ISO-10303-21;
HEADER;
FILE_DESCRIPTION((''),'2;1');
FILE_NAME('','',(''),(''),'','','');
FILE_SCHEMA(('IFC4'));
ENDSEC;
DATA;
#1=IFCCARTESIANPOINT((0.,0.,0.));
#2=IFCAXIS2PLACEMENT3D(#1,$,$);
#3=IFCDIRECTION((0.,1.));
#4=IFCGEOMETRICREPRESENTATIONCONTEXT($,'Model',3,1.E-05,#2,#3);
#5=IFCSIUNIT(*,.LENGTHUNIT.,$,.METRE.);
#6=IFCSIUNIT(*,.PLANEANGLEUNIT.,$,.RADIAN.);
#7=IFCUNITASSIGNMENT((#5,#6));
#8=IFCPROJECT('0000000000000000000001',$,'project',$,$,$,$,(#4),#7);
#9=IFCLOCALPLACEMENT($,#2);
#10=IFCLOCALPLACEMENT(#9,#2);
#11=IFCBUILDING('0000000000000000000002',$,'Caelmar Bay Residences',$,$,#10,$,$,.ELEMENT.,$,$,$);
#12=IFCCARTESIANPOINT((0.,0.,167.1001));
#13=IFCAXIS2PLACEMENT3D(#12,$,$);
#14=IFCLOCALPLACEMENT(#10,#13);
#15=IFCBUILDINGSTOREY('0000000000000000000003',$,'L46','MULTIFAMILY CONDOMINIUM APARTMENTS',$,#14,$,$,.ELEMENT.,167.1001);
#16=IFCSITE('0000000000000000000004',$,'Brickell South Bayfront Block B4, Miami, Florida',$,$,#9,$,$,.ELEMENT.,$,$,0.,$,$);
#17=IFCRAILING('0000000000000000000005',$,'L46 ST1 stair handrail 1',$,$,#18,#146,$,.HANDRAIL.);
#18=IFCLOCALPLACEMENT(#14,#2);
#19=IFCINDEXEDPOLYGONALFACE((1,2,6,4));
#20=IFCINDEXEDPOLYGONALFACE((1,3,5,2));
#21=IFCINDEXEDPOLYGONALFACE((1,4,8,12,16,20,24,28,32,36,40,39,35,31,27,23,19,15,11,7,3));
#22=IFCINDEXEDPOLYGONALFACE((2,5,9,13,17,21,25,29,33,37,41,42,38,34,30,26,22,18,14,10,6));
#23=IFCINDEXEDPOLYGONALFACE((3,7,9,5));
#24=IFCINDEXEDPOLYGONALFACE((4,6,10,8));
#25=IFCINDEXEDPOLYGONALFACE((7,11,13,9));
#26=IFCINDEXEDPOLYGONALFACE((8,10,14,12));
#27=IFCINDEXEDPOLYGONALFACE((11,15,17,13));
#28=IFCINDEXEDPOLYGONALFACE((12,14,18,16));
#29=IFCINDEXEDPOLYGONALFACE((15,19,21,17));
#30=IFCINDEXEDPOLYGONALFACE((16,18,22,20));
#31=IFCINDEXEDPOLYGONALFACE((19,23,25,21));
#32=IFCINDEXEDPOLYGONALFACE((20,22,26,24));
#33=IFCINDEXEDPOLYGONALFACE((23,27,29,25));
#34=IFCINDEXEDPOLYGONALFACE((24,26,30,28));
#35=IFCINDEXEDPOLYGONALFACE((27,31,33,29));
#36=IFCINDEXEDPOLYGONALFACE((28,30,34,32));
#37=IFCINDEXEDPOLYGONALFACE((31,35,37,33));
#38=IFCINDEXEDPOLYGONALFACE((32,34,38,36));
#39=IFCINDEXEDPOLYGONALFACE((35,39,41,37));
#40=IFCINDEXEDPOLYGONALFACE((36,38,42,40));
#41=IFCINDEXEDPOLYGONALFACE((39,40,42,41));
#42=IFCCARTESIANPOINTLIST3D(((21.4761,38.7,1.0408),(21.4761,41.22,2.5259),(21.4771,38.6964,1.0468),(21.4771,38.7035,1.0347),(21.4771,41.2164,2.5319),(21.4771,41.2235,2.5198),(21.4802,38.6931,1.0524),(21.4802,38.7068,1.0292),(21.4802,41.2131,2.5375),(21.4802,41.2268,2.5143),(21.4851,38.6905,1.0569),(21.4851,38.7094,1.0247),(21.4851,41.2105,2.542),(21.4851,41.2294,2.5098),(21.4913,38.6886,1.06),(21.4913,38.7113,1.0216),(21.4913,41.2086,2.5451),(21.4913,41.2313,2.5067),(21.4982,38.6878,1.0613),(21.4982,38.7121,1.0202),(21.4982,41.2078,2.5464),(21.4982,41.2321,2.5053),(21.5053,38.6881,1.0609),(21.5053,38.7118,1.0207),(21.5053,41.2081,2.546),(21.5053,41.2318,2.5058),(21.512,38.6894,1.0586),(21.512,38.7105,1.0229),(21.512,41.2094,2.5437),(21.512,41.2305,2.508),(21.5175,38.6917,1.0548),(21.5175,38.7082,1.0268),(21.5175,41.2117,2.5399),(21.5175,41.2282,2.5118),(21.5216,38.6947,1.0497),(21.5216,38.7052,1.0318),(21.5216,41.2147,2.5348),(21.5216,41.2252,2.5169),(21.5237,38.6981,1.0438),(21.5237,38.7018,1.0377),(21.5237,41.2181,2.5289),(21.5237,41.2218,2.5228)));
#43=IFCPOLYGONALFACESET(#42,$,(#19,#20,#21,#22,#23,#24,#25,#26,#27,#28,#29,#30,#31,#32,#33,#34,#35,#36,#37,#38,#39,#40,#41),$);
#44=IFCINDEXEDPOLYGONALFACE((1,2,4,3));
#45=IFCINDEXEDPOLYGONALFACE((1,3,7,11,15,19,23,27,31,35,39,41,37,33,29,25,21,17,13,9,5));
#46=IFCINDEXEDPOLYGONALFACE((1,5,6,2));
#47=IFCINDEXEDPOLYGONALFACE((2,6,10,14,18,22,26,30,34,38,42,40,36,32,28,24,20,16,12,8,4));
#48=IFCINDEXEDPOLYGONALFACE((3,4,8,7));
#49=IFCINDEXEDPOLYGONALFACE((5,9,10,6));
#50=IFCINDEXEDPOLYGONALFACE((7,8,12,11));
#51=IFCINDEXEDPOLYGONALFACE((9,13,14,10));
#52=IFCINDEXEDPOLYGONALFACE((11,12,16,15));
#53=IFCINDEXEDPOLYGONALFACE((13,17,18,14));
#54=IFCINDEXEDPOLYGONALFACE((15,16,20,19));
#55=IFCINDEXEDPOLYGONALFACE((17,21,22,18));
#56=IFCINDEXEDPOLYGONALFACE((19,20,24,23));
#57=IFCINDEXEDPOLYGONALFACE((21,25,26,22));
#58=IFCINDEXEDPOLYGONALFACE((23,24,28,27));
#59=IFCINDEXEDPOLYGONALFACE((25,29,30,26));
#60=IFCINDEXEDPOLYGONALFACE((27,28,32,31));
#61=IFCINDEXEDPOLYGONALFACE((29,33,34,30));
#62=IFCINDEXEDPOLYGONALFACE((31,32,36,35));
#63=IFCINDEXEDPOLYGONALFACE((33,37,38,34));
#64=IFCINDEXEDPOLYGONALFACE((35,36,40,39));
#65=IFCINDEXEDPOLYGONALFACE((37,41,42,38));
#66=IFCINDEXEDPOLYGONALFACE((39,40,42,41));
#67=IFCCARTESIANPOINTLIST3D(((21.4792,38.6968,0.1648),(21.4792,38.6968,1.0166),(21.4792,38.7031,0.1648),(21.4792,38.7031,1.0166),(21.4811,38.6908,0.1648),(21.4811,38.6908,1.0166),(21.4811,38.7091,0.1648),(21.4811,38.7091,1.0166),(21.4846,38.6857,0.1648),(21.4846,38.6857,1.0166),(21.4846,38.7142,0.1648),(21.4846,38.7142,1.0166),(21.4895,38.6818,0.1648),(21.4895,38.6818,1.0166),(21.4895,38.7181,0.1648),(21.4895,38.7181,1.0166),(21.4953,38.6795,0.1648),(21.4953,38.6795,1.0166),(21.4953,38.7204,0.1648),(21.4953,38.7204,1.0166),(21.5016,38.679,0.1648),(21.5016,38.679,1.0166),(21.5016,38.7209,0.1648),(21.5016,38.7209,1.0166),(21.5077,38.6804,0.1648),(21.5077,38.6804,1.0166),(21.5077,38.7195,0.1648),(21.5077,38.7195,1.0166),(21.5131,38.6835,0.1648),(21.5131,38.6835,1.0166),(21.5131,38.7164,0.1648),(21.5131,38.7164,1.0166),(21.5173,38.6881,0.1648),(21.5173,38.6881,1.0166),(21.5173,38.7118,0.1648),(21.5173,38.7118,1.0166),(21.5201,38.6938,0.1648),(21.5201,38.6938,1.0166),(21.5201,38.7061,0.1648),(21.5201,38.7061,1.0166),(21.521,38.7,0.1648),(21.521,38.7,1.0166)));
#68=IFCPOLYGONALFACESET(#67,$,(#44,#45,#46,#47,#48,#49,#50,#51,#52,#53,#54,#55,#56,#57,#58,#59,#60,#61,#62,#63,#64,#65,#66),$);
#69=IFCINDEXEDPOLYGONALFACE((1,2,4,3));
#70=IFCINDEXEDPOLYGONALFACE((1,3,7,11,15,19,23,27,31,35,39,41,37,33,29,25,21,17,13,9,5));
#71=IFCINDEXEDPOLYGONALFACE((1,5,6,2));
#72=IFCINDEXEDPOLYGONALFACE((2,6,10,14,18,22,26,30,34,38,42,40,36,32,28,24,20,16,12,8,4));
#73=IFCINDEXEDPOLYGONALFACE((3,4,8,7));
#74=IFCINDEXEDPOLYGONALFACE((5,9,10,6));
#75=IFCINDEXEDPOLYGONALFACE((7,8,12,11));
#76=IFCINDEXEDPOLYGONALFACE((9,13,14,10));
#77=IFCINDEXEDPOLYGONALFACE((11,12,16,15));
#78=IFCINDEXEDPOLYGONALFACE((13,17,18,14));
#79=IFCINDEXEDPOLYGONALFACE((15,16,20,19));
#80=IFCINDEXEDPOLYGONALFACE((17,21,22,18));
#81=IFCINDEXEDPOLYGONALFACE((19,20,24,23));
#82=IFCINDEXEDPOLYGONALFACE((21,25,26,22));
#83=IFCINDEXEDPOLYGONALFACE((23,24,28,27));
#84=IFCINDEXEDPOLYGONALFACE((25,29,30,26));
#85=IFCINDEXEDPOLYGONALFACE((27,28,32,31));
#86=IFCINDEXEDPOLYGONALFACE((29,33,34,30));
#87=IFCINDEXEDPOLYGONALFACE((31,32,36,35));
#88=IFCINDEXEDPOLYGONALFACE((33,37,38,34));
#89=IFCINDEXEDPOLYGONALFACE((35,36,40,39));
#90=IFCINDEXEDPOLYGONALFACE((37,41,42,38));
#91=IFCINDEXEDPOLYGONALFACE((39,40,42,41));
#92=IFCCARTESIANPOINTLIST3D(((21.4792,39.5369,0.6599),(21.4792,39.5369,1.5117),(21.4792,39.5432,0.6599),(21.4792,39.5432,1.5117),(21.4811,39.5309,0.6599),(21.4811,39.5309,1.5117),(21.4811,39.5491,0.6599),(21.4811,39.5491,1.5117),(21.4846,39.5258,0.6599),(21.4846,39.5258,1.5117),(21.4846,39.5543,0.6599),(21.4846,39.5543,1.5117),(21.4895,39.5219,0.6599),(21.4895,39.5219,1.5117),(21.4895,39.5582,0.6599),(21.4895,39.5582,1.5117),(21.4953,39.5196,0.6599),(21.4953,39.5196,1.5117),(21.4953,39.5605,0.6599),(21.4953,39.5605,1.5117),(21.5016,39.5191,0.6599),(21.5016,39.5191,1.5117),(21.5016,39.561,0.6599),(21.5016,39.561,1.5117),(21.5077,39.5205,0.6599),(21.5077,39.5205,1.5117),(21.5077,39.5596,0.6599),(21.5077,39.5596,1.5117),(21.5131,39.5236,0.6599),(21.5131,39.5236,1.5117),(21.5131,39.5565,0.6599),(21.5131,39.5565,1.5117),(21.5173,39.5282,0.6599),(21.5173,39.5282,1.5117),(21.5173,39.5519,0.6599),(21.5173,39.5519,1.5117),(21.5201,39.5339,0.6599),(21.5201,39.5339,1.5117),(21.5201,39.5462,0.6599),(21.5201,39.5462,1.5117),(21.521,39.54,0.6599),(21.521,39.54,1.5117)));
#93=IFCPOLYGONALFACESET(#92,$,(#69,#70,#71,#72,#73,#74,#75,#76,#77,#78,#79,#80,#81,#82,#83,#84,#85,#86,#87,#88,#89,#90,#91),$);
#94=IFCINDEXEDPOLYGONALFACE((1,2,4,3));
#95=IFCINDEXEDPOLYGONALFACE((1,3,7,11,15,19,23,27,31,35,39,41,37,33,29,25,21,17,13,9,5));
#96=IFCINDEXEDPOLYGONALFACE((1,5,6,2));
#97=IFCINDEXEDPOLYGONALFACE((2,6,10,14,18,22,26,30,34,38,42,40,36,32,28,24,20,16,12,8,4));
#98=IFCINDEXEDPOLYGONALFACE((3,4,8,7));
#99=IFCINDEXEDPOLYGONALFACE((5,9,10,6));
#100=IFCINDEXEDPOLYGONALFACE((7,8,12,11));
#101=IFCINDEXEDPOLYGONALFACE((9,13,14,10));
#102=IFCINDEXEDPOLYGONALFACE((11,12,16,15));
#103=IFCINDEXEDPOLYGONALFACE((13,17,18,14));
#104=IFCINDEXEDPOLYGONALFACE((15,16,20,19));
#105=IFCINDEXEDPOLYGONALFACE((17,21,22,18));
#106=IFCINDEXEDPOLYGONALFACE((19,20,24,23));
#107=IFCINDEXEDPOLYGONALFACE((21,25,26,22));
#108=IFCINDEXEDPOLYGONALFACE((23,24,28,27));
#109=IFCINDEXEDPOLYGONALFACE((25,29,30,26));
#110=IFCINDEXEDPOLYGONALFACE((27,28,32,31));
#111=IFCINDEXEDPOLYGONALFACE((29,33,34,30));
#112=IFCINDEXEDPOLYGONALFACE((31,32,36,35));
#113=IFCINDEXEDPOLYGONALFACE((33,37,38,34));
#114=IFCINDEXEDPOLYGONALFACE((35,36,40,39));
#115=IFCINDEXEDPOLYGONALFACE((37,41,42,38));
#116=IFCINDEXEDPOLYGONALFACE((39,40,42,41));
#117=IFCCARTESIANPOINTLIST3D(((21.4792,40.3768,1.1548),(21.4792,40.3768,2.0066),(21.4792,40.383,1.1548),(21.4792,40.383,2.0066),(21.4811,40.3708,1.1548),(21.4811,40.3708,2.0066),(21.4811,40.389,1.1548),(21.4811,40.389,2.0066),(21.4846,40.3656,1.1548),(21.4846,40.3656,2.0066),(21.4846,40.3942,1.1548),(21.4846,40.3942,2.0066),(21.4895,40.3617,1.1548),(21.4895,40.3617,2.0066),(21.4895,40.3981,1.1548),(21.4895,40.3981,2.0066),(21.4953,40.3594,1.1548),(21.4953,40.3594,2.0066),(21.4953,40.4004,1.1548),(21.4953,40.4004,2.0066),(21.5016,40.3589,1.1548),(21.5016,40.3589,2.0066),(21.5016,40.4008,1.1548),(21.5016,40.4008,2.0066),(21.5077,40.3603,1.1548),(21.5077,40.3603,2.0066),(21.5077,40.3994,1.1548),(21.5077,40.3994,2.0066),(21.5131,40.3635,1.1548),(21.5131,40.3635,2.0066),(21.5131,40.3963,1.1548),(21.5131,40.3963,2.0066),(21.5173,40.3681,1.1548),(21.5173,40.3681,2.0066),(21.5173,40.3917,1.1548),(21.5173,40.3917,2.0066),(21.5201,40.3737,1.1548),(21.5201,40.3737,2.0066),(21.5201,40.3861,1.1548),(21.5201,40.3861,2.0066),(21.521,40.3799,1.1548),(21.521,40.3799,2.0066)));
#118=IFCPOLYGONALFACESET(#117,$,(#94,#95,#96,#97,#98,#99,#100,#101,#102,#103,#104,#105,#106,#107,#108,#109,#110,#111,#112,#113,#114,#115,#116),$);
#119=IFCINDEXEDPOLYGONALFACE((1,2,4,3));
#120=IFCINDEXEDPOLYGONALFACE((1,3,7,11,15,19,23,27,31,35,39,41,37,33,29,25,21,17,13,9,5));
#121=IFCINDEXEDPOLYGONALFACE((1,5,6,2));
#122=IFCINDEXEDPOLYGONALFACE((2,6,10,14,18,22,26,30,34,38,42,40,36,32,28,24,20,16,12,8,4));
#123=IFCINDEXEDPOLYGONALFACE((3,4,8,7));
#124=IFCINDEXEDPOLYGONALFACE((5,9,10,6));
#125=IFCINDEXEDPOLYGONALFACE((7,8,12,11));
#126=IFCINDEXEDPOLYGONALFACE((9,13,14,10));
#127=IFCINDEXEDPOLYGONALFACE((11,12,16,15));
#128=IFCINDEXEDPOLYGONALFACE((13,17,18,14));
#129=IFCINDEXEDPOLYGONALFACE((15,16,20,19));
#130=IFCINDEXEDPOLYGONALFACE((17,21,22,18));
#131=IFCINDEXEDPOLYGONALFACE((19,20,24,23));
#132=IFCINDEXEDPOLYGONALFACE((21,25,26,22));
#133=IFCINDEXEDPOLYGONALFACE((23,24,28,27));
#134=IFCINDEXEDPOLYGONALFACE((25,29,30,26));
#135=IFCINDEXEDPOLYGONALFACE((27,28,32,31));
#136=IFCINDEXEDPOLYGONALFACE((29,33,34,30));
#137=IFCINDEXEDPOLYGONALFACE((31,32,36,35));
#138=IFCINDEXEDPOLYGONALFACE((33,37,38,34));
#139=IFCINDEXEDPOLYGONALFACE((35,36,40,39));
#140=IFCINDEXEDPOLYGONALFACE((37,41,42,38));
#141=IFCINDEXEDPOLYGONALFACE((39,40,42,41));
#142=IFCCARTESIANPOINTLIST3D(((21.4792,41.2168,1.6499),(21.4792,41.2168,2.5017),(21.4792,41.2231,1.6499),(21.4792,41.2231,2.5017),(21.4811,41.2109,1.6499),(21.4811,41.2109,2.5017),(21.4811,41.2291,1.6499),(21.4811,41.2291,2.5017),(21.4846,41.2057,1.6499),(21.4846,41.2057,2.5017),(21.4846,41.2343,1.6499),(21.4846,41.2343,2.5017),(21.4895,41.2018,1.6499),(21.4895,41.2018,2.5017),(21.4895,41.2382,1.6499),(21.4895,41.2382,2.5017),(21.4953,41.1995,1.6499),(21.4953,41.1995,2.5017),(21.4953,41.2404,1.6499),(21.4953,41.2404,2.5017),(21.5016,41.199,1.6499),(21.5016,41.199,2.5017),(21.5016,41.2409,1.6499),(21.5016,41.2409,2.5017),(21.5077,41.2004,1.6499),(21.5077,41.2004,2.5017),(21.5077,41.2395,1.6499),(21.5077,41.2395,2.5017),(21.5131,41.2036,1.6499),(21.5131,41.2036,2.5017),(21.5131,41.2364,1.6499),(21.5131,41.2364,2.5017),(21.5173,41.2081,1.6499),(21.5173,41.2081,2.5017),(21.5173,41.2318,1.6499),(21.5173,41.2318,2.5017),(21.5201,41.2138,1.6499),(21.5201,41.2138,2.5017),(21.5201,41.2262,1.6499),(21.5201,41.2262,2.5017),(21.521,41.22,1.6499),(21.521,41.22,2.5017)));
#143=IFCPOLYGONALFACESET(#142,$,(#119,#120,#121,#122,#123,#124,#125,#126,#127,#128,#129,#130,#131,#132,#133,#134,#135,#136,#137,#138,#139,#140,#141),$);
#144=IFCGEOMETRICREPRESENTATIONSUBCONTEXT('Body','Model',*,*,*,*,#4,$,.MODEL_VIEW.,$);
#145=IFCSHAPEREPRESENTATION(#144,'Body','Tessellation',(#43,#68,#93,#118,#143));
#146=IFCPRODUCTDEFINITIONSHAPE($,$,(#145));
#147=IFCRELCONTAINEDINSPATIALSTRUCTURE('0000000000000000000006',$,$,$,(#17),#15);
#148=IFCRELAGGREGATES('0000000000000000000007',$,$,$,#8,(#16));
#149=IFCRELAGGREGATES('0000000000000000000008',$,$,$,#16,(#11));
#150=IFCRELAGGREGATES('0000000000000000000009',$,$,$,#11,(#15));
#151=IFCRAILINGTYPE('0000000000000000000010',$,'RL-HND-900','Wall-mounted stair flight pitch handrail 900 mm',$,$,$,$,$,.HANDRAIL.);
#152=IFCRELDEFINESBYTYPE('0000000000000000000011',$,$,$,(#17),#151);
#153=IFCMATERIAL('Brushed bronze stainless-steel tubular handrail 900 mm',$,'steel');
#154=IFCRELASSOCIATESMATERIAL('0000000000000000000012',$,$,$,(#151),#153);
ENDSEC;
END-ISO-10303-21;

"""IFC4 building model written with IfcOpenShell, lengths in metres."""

from ifc_helpers import new_model, si_unit, direction, frame, origin, origin_2d, place, context, subcontext, project, spatial, circle, extrude, material, type_object, element, save


model = new_model("IFC4")

# Units and contexts
model_context = context("Model", 3, precision=1e-05, world=origin(), true_north=direction((0.0, 1.0)))
body_context = subcontext(model_context, "Body", "Model", "MODEL_VIEW")
ifc_project = project(units=[si_unit("LENGTHUNIT", "METRE"), si_unit("PLANEANGLEUNIT", "RADIAN")], contexts=[model_context])

# Site, building, storey
site_placement = place(None, origin())
site = spatial("IfcSite", under=ifc_project, at=site_placement, Name="Brickell South Bayfront Block B4, Miami, Florida", CompositionType="ELEMENT", RefElevation=0.0)
building_placement = place(site_placement, origin())
building = spatial("IfcBuilding", under=site, at=building_placement, Name="Caelmar Bay Residences", CompositionType="ELEMENT")
storey_placement = place(building_placement, frame((0.0, 0.0, 167.1001)))
storey = spatial("IfcBuildingStorey", under=building, at=storey_placement, Name="L46", Description="MULTIFAMILY CONDOMINIUM APARTMENTS", CompositionType="ELEMENT", Elevation=167.1001)

# Railing
ifc_material_1 = material(Name="Brushed bronze stainless-steel tubular handrail 900 mm", Category="steel")
railing_type_1 = type_object("IfcRailingType", Name="RL-HND-900", Description="Wall-mounted stair flight pitch handrail 900 mm", PredefinedType="HANDRAIL", material=ifc_material_1)
railing_1_placement = place(storey_placement, frame((21.5, 38.7, 0.1648)))
element("IfcRailing", 1, at=railing_1_placement, inside=storey, type_object=railing_type_1, Name="L46 ST1 stair handrail 1", PredefinedType="HANDRAIL", context=body_context, shape_type="SweptSolid", body=[
    extrude(circle(Radius=0.0239, at=origin_2d()), frame((0.0, 0.0, 0.876), z_axis=(0.0, 0.861524, 0.507717), x_axis=(-1.0, 0.0, 0.0)), (0.0, 0.0, 1.0), 2.925),
    extrude(circle(Radius=0.021, at=origin_2d()), origin(), (0.0, 0.0, 1.0), 0.8518),
    extrude(circle(Radius=0.021, at=origin_2d()), frame((0.0, 0.8401, 0.4951)), (0.0, 0.0, 1.0), 0.8518),
    extrude(circle(Radius=0.021, at=origin_2d()), frame((0.0, 1.6799, 0.99)), (0.0, 0.0, 1.0), 0.8518),
    extrude(circle(Radius=0.021, at=origin_2d()), frame((0.0, 2.52, 1.4851)), (0.0, 0.0, 1.0), 0.8518),
])

save(model, "model.ifc")
